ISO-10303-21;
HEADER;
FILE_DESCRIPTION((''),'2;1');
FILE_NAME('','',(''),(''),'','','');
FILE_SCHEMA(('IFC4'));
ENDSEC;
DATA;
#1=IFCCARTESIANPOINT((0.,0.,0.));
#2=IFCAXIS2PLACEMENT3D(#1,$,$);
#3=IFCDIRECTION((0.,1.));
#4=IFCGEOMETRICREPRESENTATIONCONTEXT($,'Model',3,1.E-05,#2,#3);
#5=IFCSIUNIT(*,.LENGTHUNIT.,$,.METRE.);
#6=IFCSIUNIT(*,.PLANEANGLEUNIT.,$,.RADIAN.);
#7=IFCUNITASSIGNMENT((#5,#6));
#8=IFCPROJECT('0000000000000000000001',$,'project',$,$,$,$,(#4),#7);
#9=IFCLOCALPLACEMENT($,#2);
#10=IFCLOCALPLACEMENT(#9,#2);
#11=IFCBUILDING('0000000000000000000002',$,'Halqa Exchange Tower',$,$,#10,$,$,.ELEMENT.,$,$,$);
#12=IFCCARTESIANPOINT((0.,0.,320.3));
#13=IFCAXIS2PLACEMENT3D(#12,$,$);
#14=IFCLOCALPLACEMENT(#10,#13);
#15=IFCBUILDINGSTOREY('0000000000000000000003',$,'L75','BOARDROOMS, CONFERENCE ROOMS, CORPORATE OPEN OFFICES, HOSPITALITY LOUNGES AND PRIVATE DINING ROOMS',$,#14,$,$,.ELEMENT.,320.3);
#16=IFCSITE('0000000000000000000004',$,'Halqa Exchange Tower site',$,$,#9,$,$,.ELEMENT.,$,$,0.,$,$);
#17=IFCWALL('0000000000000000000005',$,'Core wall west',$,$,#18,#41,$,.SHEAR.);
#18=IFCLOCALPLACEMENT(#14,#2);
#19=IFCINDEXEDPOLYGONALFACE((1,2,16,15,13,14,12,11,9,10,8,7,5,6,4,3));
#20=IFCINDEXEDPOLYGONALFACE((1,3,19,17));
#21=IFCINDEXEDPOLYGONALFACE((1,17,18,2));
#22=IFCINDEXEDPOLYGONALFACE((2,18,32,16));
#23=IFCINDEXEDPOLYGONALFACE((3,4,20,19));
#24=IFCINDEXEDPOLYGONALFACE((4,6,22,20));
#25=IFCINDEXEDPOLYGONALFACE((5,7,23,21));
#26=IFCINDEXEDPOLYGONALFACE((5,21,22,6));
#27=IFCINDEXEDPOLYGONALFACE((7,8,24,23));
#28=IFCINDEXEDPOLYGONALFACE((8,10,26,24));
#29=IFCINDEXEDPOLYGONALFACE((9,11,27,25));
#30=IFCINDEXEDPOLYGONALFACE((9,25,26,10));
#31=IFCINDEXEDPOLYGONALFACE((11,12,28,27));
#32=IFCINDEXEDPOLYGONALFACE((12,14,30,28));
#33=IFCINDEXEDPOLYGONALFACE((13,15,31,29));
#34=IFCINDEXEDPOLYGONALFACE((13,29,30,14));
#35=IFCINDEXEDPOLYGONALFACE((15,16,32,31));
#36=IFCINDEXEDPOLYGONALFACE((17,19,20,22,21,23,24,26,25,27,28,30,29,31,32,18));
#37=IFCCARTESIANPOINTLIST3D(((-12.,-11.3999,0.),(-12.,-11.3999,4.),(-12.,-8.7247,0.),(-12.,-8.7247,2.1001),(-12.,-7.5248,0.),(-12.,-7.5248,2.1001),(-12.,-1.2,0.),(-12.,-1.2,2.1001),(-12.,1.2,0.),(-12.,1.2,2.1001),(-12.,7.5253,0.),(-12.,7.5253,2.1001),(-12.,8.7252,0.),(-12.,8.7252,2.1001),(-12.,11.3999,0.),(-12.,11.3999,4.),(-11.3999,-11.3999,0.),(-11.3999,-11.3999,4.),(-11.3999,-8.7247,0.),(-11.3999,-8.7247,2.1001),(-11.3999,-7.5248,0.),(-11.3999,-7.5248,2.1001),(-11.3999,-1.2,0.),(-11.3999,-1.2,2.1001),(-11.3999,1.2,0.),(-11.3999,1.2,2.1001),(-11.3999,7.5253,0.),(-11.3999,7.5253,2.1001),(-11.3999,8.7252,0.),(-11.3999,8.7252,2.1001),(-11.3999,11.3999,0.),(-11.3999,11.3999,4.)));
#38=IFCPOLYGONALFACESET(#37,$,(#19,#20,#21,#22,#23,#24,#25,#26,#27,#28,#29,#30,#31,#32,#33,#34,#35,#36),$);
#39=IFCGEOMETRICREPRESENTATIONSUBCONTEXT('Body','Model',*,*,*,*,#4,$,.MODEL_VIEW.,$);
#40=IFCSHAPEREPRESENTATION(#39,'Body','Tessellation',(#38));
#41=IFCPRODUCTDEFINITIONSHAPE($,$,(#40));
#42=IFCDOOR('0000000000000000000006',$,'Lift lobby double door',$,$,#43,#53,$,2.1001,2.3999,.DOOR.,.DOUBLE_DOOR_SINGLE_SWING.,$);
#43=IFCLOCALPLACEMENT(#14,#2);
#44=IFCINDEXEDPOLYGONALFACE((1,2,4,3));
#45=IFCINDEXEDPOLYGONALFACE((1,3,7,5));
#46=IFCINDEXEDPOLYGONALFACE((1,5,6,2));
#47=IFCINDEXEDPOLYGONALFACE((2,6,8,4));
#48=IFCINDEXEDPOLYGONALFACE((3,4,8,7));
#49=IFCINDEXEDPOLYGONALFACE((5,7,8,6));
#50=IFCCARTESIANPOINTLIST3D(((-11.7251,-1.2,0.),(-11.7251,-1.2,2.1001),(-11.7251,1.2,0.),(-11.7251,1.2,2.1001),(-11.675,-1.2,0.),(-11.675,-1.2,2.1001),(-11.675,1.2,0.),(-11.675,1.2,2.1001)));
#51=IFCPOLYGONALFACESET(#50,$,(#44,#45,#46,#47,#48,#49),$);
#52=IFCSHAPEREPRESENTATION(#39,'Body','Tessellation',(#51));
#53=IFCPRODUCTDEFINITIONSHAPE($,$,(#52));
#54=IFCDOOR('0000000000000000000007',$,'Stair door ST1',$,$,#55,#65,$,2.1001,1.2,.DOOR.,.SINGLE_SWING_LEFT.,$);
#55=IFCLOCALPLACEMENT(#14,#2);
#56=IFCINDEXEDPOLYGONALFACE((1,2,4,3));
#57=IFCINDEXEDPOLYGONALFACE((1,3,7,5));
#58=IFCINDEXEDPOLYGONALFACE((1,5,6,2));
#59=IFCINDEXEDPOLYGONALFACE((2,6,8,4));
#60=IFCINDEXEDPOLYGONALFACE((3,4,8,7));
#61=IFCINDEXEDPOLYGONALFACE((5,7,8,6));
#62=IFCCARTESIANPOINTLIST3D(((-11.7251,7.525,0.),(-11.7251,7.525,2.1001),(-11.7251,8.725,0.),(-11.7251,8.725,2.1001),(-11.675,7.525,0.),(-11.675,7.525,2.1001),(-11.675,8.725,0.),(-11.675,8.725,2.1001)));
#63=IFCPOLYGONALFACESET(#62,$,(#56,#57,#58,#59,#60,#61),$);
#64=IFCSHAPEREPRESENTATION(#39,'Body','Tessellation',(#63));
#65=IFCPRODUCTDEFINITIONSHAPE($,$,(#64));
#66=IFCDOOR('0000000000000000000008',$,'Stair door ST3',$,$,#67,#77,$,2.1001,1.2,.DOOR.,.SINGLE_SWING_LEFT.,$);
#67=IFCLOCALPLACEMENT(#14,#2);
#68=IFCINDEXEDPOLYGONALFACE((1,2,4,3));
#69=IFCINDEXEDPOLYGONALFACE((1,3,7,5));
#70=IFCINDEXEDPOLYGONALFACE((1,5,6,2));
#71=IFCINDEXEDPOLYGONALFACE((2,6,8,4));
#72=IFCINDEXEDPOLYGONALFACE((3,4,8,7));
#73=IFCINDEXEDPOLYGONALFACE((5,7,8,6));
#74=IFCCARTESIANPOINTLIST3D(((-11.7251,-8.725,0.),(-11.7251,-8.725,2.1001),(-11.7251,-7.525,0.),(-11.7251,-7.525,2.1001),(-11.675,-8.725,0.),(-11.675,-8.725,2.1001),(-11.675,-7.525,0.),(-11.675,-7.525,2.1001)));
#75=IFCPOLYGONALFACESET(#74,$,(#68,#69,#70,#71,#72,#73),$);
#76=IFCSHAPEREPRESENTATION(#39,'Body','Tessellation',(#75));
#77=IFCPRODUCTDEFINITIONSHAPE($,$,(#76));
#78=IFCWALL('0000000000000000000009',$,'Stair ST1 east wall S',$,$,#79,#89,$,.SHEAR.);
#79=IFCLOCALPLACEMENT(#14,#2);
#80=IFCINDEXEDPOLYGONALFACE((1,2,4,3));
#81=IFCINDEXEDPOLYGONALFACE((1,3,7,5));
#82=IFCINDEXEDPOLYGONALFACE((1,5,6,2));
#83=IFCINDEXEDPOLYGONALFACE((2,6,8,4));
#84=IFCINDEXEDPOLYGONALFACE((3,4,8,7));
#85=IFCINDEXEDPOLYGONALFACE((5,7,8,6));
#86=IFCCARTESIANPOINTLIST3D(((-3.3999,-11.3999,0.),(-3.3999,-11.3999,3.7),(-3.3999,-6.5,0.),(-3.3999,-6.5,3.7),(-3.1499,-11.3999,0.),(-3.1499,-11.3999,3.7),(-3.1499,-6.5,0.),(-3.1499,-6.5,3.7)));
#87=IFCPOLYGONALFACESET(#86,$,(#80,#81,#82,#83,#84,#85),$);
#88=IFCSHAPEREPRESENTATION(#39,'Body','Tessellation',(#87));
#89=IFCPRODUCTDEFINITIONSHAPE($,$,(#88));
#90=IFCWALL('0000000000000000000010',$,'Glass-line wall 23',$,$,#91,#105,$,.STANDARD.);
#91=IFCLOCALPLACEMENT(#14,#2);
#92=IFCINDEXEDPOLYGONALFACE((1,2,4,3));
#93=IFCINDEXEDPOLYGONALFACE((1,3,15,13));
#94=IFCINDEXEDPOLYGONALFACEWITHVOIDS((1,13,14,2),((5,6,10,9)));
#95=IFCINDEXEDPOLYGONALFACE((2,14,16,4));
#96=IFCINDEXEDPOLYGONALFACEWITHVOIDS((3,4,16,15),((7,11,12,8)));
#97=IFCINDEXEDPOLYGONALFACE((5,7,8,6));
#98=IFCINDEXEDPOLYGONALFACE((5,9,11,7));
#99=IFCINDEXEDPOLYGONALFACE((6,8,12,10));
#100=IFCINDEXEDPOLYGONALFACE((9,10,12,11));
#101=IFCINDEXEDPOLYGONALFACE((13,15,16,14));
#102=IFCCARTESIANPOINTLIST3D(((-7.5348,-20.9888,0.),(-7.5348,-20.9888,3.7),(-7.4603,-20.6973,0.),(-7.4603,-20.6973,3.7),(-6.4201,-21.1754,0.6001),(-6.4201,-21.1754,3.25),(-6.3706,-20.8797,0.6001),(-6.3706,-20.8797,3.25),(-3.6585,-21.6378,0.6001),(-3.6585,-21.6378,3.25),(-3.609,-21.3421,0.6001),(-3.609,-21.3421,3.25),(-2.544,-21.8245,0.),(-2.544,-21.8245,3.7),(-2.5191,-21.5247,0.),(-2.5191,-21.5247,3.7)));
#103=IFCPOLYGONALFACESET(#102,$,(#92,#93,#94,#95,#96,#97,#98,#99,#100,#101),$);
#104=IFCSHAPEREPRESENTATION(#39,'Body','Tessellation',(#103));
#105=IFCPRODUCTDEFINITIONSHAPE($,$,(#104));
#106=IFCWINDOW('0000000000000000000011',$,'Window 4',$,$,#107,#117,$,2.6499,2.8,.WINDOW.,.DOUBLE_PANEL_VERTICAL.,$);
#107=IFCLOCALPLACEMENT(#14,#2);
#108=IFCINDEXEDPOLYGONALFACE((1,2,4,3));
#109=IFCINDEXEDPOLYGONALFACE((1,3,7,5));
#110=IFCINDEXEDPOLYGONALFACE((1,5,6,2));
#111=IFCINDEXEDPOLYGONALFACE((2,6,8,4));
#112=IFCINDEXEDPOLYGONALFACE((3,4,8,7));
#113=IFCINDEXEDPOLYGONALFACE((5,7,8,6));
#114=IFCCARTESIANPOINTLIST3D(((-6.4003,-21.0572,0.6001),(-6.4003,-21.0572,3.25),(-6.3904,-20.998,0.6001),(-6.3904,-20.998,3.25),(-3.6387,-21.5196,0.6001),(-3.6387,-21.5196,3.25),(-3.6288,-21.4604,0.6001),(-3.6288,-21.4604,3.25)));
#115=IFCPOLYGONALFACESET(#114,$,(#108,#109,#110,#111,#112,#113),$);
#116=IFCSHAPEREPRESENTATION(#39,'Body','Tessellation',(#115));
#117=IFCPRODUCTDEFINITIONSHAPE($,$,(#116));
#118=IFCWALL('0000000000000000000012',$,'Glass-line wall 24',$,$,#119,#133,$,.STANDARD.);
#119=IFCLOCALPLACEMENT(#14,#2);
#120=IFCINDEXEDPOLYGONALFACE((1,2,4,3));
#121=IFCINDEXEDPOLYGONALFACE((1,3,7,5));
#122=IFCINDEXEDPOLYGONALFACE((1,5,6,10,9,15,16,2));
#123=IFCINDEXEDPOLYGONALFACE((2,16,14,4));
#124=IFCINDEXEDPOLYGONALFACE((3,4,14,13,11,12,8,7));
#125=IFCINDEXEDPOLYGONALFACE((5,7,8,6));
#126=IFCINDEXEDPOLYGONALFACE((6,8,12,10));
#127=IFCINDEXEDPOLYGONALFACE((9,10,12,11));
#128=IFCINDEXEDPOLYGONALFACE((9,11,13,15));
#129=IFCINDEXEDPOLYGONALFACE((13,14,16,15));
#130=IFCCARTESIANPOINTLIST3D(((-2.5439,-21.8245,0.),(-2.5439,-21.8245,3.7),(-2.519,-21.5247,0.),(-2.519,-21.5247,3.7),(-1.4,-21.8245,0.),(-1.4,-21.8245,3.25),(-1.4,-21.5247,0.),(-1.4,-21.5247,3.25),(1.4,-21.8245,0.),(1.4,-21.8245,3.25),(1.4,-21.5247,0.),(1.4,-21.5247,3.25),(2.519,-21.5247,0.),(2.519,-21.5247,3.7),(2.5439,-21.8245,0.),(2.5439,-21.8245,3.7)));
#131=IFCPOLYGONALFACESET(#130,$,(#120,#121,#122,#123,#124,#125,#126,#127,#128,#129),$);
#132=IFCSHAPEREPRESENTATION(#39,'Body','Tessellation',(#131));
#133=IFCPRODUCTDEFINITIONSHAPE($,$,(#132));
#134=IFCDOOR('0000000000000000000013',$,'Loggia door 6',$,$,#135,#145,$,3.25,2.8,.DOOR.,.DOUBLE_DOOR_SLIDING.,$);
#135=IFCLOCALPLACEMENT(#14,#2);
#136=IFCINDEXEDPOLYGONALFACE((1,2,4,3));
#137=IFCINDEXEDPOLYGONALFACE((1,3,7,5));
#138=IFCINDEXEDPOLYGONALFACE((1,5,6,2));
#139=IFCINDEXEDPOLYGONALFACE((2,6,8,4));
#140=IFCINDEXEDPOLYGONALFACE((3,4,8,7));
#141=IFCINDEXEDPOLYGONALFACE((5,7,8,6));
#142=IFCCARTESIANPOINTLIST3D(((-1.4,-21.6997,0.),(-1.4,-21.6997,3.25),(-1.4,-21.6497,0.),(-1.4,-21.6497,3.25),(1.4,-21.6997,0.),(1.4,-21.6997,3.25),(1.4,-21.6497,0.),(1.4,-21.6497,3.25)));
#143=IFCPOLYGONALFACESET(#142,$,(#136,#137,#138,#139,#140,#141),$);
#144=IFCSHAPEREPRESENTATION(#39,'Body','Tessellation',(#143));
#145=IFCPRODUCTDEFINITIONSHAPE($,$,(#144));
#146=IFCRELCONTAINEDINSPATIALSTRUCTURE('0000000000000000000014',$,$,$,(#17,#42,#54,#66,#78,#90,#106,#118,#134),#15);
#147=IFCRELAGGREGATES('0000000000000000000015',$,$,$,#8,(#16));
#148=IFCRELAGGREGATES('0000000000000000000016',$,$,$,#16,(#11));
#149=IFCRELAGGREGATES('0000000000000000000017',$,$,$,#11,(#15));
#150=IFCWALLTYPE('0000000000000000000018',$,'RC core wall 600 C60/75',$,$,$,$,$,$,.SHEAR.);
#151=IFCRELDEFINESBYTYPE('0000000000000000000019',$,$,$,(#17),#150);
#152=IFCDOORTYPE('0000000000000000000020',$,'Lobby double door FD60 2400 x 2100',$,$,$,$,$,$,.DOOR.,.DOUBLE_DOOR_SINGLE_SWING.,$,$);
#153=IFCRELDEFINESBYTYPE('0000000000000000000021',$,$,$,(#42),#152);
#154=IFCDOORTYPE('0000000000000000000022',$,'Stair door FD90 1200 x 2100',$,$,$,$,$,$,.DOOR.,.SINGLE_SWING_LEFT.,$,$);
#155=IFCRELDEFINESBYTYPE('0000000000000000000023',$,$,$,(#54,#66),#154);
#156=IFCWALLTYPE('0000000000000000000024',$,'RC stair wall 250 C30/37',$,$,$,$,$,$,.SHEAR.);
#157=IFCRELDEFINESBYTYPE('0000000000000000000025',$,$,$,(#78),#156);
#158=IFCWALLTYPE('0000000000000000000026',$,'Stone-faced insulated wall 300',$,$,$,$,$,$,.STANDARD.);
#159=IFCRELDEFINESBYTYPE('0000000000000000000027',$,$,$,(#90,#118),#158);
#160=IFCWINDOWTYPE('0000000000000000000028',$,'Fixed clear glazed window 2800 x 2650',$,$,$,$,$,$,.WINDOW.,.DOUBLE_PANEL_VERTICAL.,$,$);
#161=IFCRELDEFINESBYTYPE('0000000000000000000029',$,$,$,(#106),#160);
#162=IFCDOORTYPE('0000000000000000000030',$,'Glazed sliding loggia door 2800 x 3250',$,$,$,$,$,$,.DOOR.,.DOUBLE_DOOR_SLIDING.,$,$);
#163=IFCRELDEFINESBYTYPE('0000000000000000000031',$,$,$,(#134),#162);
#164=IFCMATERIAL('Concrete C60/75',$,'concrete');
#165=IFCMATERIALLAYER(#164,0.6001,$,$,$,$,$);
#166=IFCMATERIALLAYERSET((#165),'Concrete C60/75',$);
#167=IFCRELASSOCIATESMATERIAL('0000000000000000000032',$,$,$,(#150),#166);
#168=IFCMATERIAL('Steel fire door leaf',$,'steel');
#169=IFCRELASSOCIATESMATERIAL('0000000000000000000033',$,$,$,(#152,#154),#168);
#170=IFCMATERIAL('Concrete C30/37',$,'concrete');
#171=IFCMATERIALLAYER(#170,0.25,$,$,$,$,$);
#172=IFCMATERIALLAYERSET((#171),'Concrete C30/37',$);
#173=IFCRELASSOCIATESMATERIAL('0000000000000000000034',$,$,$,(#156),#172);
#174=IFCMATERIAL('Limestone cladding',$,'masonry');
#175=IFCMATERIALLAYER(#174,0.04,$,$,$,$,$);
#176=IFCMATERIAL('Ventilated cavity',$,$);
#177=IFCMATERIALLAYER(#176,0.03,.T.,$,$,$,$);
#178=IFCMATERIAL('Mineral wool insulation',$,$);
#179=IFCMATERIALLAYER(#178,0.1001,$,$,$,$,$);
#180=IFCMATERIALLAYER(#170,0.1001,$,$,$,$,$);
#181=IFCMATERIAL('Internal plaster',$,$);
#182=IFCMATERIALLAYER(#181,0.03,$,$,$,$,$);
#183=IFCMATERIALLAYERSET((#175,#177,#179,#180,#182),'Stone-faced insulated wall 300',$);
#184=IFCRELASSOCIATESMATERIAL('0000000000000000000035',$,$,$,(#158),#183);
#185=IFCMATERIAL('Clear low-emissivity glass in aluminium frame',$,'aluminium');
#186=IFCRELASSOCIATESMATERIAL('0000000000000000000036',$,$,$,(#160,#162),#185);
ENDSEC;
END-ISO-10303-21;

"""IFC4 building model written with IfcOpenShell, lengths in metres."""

from ifc_helpers import new_model, si_unit, direction, frame, frame_2d, origin, place, context, subcontext, project, spatial, polyline, rectangle, outline, extrude, material, layer, layer_set, type_object, element, fill, save


model = new_model("IFC4")

# Units and contexts
model_context = context("Model", 3, precision=1e-05, world=origin(), true_north=direction((0.0, 1.0)))
body_context = subcontext(model_context, "Body", "Model", "MODEL_VIEW")
ifc_project = project(units=[si_unit("LENGTHUNIT", "METRE"), si_unit("PLANEANGLEUNIT", "RADIAN")], contexts=[model_context])

# Site, building, storey
site_placement = place(None, origin())
site = spatial("IfcSite", under=ifc_project, at=site_placement, Name="Halqa Exchange Tower site", CompositionType="ELEMENT", RefElevation=0.0)
building_placement = place(site_placement, origin())
building = spatial("IfcBuilding", under=site, at=building_placement, Name="Halqa Exchange Tower", CompositionType="ELEMENT")
storey_placement = place(building_placement, frame((0.0, 0.0, 320.3)))
storey = spatial("IfcBuildingStorey", under=building, at=storey_placement, Name="L75", Description="BOARDROOMS, CONFERENCE ROOMS, CORPORATE OPEN OFFICES, HOSPITALITY LOUNGES AND PRIVATE DINING ROOMS", CompositionType="ELEMENT", Elevation=320.3)

# Shared definitions
ifc_material_1 = material(Name="Concrete C60/75", Category="concrete")

# Wall, openings, doors
ifc_layer_1 = layer(ifc_material_1, 0.6001)
ifc_layer_set_1 = layer_set([ifc_layer_1], Name="Concrete C60/75")
wall_type_1 = type_object("IfcWallType", Name="RC core wall 600 C60/75", PredefinedType="SHEAR", material=ifc_layer_set_1)
wall_1_placement = place(storey_placement, frame((-11.7, -11.3999, 0.0), z_axis=(0.0, 0.0, 1.0), x_axis=(0.0, 1.0, 0.0)))
wall_1 = element("IfcWall", 1, at=wall_1_placement, inside=storey, type_object=wall_type_1, Name="Core wall west", PredefinedType="SHEAR", context=body_context, shape_type="SweptSolid", body=[
    extrude(rectangle(XDim=22.7998, YDim=0.6001, at=frame_2d((11.3999, 0.0))), origin(), (0.0, 0.0, 1.0), 4.0),
])
opening_1_placement = place(wall_1_placement, frame((10.2, 0.0, 0.0)))
opening_1 = element("IfcOpeningElement", 2, at=opening_1_placement, cuts=wall_1, PredefinedType="OPENING", context=body_context, shape_type="SweptSolid", body=[
    extrude(rectangle(XDim=2.3999, YDim=2.1001, at=frame_2d((1.2, 1.05))), frame((0.0, 0.312, 0.0), z_axis=(0.0, -1.0, 0.0), x_axis=(1.0, 0.0, 0.0)), (0.0, 0.0, 1.0), 0.624),
])
opening_2_placement = place(wall_1_placement, frame((18.925, 0.0, 0.0)))
opening_2 = element("IfcOpeningElement", 3, at=opening_2_placement, cuts=wall_1, PredefinedType="OPENING", context=body_context, shape_type="SweptSolid", body=[
    extrude(rectangle(XDim=1.2, YDim=2.1001, at=frame_2d((0.6001, 1.05))), frame((0.0, 0.312, 0.0), z_axis=(0.0, -1.0, 0.0), x_axis=(1.0, 0.0, 0.0)), (0.0, 0.0, 1.0), 0.624),
])
opening_3_placement = place(wall_1_placement, frame((2.675, 0.0, 0.0)))
opening_3 = element("IfcOpeningElement", 4, at=opening_3_placement, cuts=wall_1, PredefinedType="OPENING", context=body_context, shape_type="SweptSolid", body=[
    extrude(rectangle(XDim=1.2, YDim=2.1001, at=frame_2d((0.6001, 1.05))), frame((0.0, 0.312, 0.0), z_axis=(0.0, -1.0, 0.0), x_axis=(1.0, 0.0, 0.0)), (0.0, 0.0, 1.0), 0.624),
])
ifc_material_2 = material(Name="Steel fire door leaf", Category="steel")
door_type_1 = type_object("IfcDoorType", Name="Lobby double door FD60 2400 x 2100", OperationType="DOUBLE_DOOR_SINGLE_SWING", PredefinedType="DOOR", material=ifc_material_2)
door_1_placement = place(opening_1_placement, frame((2.3999, 0.0, 0.0), z_axis=(0.0, 0.0, 1.0), x_axis=(-1.0, 0.0, 0.0)))
door_1 = element("IfcDoor", 5, at=door_1_placement, inside=storey, type_object=door_type_1, Name="Lift lobby double door", OperationType="DOUBLE_DOOR_SINGLE_SWING", OverallHeight=2.1001, OverallWidth=2.3999, PredefinedType="DOOR", context=body_context, shape_type="SweptSolid", body=[
    extrude(rectangle(XDim=2.3999, YDim=2.1001, at=frame_2d((1.2, 1.05))), frame((0.0, 0.0249, 0.0), z_axis=(0.0, -1.0, 0.0), x_axis=(1.0, 0.0, 0.0)), (0.0, 0.0, 1.0), 0.05),
])
fill(opening_1, door_1)
door_type_2 = type_object("IfcDoorType", Name="Stair door FD90 1200 x 2100", OperationType="SINGLE_SWING_LEFT", PredefinedType="DOOR", material=ifc_material_2)
door_2_placement = place(opening_2_placement, frame((1.2, 0.0, 0.0), z_axis=(0.0, 0.0, 1.0), x_axis=(-1.0, 0.0, 0.0)))
door_2 = element("IfcDoor", 6, at=door_2_placement, inside=storey, type_object=door_type_2, Name="Stair door ST1", OperationType="SINGLE_SWING_LEFT", OverallHeight=2.1001, OverallWidth=1.2, PredefinedType="DOOR", context=body_context, shape_type="SweptSolid", body=[
    extrude(rectangle(XDim=1.2, YDim=2.1001, at=frame_2d((0.6001, 1.05))), frame((0.0, 0.0249, 0.0), z_axis=(0.0, -1.0, 0.0), x_axis=(1.0, 0.0, 0.0)), (0.0, 0.0, 1.0), 0.05),
])
fill(opening_2, door_2)
door_3_placement = place(opening_3_placement, frame((1.2, 0.0, 0.0), z_axis=(0.0, 0.0, 1.0), x_axis=(-1.0, 0.0, 0.0)))
door_3 = element("IfcDoor", 7, at=door_3_placement, inside=storey, type_object=door_type_2, Name="Stair door ST3", OperationType="SINGLE_SWING_LEFT", OverallHeight=2.1001, OverallWidth=1.2, PredefinedType="DOOR", context=body_context, shape_type="SweptSolid", body=[
    extrude(rectangle(XDim=1.2, YDim=2.1001, at=frame_2d((0.6001, 1.05))), frame((0.0, 0.0249, 0.0), z_axis=(0.0, -1.0, 0.0), x_axis=(1.0, 0.0, 0.0)), (0.0, 0.0, 1.0), 0.05),
])
fill(opening_3, door_3)

# Wall
ifc_material_3 = material(Name="Concrete C30/37", Category="concrete")
ifc_layer_2 = layer(ifc_material_3, 0.25)
ifc_layer_set_2 = layer_set([ifc_layer_2], Name="Concrete C30/37")
wall_type_2 = type_object("IfcWallType", Name="RC stair wall 250 C30/37", PredefinedType="SHEAR", material=ifc_layer_set_2)
wall_2_placement = place(storey_placement, frame((-3.2749, -11.3999, 0.0), z_axis=(0.0, 0.0, 1.0), x_axis=(0.0, 1.0, 0.0)))
element("IfcWall", 8, at=wall_2_placement, inside=storey, type_object=wall_type_2, Name="Stair ST1 east wall S", PredefinedType="SHEAR", context=body_context, shape_type="SweptSolid", body=[
    extrude(rectangle(XDim=4.8999, YDim=0.25, at=frame_2d((2.45, 0.0))), origin(), (0.0, 0.0, 1.0), 3.7),
])

# Wall, opening, window
ifc_material_4 = material(Name="Limestone cladding", Category="masonry")
ifc_layer_3 = layer(ifc_material_4, 0.04)
ifc_material_5 = material(Name="Ventilated cavity")
ifc_layer_4 = layer(ifc_material_5, 0.03, ventilated=True)
ifc_material_6 = material(Name="Mineral wool insulation")
ifc_layer_5 = layer(ifc_material_6, 0.1001)
ifc_layer_6 = layer(ifc_material_3, 0.1001)
ifc_material_7 = material(Name="Internal plaster")
ifc_layer_7 = layer(ifc_material_7, 0.03)
ifc_layer_set_3 = layer_set([ifc_layer_3, ifc_layer_4, ifc_layer_5, ifc_layer_6, ifc_layer_7], Name="Stone-faced insulated wall 300")
wall_type_3 = type_object("IfcWallType", Name="Stone-faced insulated wall 300", PredefinedType="STANDARD", material=ifc_layer_set_3)
wall_3_placement = place(storey_placement, frame((-7.4976, -20.843, 0.0), z_axis=(0.0, 0.0, 1.0), x_axis=(0.986269, -0.165146, 0.0)))
wall_3 = element("IfcWall", 9, at=wall_3_placement, inside=storey, type_object=wall_type_3, Name="Glass-line wall 23", PredefinedType="STANDARD", context=body_context, shape_type="SweptSolid", body=[
    extrude(outline(polyline([(-0.0127, -0.1499), (5.0476, -0.1499), (5.0227, 0.1499), (0.0127, 0.1499), (-0.0127, -0.1499)])), origin(), (0.0, 0.0, 1.0), 3.7),
])
opening_4_placement = place(wall_3_placement, frame((1.1177, 0.0, 0.6001)))
opening_4 = element("IfcOpeningElement", 10, at=opening_4_placement, cuts=wall_3, PredefinedType="OPENING", context=body_context, shape_type="SweptSolid", body=[
    extrude(rectangle(XDim=2.8, YDim=2.6499, at=frame_2d((1.3999, 1.325))), frame((0.0, 0.1621, 0.0), z_axis=(0.0, -1.0, 0.0), x_axis=(1.0, 0.0, 0.0)), (0.0, 0.0, 1.0), 0.324),
])
ifc_material_8 = material(Name="Clear low-emissivity glass in aluminium frame", Category="aluminium")
window_type = type_object("IfcWindowType", Name="Fixed clear glazed window 2800 x 2650", PartitioningType="DOUBLE_PANEL_VERTICAL", PredefinedType="WINDOW", material=ifc_material_8)
window_placement = place(opening_4_placement, origin())
window = element("IfcWindow", 11, at=window_placement, inside=storey, type_object=window_type, Name="Window 4", OverallHeight=2.6499, OverallWidth=2.8, PartitioningType="DOUBLE_PANEL_VERTICAL", PredefinedType="WINDOW", context=body_context, shape_type="SweptSolid", body=[
    extrude(rectangle(XDim=2.8, YDim=2.6499, at=frame_2d((1.3999, 1.325))), frame((0.0, 0.03, 0.0), z_axis=(0.0, -1.0, 0.0), x_axis=(1.0, 0.0, 0.0)), (0.0, 0.0, 1.0), 0.0601),
])
fill(opening_4, window)

# Wall, opening, door
wall_4_placement = place(storey_placement, frame((-2.5315, -21.6746, 0.0), z_axis=(0.0, 0.0, 1.0), x_axis=(1.0, 0.0, 0.0)))
wall_4 = element("IfcWall", 12, at=wall_4_placement, inside=storey, type_object=wall_type_3, Name="Glass-line wall 24", PredefinedType="STANDARD", context=body_context, shape_type="SweptSolid", body=[
    extrude(outline(polyline([(-0.0125, -0.1499), (5.0754, -0.1499), (5.0505, 0.1499), (0.0125, 0.1499), (-0.0125, -0.1499)])), origin(), (0.0, 0.0, 1.0), 3.7),
])
opening_5_placement = place(wall_4_placement, frame((1.1316, 0.0, 0.0)))
opening_5 = element("IfcOpeningElement", 13, at=opening_5_placement, cuts=wall_4, PredefinedType="OPENING", context=body_context, shape_type="SweptSolid", body=[
    extrude(rectangle(XDim=2.8, YDim=3.25, at=frame_2d((1.3999, 1.625))), frame((0.0, 0.1621, 0.0), z_axis=(0.0, -1.0, 0.0), x_axis=(1.0, 0.0, 0.0)), (0.0, 0.0, 1.0), 0.324),
])
door_type_3 = type_object("IfcDoorType", Name="Glazed sliding loggia door 2800 x 3250", OperationType="DOUBLE_DOOR_SLIDING", PredefinedType="DOOR", material=ifc_material_8)
door_4_placement = place(opening_5_placement, origin())
door_4 = element("IfcDoor", 14, at=door_4_placement, inside=storey, type_object=door_type_3, Name="Loggia door 6", OperationType="DOUBLE_DOOR_SLIDING", OverallHeight=3.25, OverallWidth=2.8, PredefinedType="DOOR", context=body_context, shape_type="SweptSolid", body=[
    extrude(rectangle(XDim=2.8, YDim=3.25, at=frame_2d((1.3999, 1.625))), frame((0.0, 0.0249, 0.0), z_axis=(0.0, -1.0, 0.0), x_axis=(1.0, 0.0, 0.0)), (0.0, 0.0, 1.0), 0.05),
])
fill(opening_5, door_4)

save(model, "model.ifc")
